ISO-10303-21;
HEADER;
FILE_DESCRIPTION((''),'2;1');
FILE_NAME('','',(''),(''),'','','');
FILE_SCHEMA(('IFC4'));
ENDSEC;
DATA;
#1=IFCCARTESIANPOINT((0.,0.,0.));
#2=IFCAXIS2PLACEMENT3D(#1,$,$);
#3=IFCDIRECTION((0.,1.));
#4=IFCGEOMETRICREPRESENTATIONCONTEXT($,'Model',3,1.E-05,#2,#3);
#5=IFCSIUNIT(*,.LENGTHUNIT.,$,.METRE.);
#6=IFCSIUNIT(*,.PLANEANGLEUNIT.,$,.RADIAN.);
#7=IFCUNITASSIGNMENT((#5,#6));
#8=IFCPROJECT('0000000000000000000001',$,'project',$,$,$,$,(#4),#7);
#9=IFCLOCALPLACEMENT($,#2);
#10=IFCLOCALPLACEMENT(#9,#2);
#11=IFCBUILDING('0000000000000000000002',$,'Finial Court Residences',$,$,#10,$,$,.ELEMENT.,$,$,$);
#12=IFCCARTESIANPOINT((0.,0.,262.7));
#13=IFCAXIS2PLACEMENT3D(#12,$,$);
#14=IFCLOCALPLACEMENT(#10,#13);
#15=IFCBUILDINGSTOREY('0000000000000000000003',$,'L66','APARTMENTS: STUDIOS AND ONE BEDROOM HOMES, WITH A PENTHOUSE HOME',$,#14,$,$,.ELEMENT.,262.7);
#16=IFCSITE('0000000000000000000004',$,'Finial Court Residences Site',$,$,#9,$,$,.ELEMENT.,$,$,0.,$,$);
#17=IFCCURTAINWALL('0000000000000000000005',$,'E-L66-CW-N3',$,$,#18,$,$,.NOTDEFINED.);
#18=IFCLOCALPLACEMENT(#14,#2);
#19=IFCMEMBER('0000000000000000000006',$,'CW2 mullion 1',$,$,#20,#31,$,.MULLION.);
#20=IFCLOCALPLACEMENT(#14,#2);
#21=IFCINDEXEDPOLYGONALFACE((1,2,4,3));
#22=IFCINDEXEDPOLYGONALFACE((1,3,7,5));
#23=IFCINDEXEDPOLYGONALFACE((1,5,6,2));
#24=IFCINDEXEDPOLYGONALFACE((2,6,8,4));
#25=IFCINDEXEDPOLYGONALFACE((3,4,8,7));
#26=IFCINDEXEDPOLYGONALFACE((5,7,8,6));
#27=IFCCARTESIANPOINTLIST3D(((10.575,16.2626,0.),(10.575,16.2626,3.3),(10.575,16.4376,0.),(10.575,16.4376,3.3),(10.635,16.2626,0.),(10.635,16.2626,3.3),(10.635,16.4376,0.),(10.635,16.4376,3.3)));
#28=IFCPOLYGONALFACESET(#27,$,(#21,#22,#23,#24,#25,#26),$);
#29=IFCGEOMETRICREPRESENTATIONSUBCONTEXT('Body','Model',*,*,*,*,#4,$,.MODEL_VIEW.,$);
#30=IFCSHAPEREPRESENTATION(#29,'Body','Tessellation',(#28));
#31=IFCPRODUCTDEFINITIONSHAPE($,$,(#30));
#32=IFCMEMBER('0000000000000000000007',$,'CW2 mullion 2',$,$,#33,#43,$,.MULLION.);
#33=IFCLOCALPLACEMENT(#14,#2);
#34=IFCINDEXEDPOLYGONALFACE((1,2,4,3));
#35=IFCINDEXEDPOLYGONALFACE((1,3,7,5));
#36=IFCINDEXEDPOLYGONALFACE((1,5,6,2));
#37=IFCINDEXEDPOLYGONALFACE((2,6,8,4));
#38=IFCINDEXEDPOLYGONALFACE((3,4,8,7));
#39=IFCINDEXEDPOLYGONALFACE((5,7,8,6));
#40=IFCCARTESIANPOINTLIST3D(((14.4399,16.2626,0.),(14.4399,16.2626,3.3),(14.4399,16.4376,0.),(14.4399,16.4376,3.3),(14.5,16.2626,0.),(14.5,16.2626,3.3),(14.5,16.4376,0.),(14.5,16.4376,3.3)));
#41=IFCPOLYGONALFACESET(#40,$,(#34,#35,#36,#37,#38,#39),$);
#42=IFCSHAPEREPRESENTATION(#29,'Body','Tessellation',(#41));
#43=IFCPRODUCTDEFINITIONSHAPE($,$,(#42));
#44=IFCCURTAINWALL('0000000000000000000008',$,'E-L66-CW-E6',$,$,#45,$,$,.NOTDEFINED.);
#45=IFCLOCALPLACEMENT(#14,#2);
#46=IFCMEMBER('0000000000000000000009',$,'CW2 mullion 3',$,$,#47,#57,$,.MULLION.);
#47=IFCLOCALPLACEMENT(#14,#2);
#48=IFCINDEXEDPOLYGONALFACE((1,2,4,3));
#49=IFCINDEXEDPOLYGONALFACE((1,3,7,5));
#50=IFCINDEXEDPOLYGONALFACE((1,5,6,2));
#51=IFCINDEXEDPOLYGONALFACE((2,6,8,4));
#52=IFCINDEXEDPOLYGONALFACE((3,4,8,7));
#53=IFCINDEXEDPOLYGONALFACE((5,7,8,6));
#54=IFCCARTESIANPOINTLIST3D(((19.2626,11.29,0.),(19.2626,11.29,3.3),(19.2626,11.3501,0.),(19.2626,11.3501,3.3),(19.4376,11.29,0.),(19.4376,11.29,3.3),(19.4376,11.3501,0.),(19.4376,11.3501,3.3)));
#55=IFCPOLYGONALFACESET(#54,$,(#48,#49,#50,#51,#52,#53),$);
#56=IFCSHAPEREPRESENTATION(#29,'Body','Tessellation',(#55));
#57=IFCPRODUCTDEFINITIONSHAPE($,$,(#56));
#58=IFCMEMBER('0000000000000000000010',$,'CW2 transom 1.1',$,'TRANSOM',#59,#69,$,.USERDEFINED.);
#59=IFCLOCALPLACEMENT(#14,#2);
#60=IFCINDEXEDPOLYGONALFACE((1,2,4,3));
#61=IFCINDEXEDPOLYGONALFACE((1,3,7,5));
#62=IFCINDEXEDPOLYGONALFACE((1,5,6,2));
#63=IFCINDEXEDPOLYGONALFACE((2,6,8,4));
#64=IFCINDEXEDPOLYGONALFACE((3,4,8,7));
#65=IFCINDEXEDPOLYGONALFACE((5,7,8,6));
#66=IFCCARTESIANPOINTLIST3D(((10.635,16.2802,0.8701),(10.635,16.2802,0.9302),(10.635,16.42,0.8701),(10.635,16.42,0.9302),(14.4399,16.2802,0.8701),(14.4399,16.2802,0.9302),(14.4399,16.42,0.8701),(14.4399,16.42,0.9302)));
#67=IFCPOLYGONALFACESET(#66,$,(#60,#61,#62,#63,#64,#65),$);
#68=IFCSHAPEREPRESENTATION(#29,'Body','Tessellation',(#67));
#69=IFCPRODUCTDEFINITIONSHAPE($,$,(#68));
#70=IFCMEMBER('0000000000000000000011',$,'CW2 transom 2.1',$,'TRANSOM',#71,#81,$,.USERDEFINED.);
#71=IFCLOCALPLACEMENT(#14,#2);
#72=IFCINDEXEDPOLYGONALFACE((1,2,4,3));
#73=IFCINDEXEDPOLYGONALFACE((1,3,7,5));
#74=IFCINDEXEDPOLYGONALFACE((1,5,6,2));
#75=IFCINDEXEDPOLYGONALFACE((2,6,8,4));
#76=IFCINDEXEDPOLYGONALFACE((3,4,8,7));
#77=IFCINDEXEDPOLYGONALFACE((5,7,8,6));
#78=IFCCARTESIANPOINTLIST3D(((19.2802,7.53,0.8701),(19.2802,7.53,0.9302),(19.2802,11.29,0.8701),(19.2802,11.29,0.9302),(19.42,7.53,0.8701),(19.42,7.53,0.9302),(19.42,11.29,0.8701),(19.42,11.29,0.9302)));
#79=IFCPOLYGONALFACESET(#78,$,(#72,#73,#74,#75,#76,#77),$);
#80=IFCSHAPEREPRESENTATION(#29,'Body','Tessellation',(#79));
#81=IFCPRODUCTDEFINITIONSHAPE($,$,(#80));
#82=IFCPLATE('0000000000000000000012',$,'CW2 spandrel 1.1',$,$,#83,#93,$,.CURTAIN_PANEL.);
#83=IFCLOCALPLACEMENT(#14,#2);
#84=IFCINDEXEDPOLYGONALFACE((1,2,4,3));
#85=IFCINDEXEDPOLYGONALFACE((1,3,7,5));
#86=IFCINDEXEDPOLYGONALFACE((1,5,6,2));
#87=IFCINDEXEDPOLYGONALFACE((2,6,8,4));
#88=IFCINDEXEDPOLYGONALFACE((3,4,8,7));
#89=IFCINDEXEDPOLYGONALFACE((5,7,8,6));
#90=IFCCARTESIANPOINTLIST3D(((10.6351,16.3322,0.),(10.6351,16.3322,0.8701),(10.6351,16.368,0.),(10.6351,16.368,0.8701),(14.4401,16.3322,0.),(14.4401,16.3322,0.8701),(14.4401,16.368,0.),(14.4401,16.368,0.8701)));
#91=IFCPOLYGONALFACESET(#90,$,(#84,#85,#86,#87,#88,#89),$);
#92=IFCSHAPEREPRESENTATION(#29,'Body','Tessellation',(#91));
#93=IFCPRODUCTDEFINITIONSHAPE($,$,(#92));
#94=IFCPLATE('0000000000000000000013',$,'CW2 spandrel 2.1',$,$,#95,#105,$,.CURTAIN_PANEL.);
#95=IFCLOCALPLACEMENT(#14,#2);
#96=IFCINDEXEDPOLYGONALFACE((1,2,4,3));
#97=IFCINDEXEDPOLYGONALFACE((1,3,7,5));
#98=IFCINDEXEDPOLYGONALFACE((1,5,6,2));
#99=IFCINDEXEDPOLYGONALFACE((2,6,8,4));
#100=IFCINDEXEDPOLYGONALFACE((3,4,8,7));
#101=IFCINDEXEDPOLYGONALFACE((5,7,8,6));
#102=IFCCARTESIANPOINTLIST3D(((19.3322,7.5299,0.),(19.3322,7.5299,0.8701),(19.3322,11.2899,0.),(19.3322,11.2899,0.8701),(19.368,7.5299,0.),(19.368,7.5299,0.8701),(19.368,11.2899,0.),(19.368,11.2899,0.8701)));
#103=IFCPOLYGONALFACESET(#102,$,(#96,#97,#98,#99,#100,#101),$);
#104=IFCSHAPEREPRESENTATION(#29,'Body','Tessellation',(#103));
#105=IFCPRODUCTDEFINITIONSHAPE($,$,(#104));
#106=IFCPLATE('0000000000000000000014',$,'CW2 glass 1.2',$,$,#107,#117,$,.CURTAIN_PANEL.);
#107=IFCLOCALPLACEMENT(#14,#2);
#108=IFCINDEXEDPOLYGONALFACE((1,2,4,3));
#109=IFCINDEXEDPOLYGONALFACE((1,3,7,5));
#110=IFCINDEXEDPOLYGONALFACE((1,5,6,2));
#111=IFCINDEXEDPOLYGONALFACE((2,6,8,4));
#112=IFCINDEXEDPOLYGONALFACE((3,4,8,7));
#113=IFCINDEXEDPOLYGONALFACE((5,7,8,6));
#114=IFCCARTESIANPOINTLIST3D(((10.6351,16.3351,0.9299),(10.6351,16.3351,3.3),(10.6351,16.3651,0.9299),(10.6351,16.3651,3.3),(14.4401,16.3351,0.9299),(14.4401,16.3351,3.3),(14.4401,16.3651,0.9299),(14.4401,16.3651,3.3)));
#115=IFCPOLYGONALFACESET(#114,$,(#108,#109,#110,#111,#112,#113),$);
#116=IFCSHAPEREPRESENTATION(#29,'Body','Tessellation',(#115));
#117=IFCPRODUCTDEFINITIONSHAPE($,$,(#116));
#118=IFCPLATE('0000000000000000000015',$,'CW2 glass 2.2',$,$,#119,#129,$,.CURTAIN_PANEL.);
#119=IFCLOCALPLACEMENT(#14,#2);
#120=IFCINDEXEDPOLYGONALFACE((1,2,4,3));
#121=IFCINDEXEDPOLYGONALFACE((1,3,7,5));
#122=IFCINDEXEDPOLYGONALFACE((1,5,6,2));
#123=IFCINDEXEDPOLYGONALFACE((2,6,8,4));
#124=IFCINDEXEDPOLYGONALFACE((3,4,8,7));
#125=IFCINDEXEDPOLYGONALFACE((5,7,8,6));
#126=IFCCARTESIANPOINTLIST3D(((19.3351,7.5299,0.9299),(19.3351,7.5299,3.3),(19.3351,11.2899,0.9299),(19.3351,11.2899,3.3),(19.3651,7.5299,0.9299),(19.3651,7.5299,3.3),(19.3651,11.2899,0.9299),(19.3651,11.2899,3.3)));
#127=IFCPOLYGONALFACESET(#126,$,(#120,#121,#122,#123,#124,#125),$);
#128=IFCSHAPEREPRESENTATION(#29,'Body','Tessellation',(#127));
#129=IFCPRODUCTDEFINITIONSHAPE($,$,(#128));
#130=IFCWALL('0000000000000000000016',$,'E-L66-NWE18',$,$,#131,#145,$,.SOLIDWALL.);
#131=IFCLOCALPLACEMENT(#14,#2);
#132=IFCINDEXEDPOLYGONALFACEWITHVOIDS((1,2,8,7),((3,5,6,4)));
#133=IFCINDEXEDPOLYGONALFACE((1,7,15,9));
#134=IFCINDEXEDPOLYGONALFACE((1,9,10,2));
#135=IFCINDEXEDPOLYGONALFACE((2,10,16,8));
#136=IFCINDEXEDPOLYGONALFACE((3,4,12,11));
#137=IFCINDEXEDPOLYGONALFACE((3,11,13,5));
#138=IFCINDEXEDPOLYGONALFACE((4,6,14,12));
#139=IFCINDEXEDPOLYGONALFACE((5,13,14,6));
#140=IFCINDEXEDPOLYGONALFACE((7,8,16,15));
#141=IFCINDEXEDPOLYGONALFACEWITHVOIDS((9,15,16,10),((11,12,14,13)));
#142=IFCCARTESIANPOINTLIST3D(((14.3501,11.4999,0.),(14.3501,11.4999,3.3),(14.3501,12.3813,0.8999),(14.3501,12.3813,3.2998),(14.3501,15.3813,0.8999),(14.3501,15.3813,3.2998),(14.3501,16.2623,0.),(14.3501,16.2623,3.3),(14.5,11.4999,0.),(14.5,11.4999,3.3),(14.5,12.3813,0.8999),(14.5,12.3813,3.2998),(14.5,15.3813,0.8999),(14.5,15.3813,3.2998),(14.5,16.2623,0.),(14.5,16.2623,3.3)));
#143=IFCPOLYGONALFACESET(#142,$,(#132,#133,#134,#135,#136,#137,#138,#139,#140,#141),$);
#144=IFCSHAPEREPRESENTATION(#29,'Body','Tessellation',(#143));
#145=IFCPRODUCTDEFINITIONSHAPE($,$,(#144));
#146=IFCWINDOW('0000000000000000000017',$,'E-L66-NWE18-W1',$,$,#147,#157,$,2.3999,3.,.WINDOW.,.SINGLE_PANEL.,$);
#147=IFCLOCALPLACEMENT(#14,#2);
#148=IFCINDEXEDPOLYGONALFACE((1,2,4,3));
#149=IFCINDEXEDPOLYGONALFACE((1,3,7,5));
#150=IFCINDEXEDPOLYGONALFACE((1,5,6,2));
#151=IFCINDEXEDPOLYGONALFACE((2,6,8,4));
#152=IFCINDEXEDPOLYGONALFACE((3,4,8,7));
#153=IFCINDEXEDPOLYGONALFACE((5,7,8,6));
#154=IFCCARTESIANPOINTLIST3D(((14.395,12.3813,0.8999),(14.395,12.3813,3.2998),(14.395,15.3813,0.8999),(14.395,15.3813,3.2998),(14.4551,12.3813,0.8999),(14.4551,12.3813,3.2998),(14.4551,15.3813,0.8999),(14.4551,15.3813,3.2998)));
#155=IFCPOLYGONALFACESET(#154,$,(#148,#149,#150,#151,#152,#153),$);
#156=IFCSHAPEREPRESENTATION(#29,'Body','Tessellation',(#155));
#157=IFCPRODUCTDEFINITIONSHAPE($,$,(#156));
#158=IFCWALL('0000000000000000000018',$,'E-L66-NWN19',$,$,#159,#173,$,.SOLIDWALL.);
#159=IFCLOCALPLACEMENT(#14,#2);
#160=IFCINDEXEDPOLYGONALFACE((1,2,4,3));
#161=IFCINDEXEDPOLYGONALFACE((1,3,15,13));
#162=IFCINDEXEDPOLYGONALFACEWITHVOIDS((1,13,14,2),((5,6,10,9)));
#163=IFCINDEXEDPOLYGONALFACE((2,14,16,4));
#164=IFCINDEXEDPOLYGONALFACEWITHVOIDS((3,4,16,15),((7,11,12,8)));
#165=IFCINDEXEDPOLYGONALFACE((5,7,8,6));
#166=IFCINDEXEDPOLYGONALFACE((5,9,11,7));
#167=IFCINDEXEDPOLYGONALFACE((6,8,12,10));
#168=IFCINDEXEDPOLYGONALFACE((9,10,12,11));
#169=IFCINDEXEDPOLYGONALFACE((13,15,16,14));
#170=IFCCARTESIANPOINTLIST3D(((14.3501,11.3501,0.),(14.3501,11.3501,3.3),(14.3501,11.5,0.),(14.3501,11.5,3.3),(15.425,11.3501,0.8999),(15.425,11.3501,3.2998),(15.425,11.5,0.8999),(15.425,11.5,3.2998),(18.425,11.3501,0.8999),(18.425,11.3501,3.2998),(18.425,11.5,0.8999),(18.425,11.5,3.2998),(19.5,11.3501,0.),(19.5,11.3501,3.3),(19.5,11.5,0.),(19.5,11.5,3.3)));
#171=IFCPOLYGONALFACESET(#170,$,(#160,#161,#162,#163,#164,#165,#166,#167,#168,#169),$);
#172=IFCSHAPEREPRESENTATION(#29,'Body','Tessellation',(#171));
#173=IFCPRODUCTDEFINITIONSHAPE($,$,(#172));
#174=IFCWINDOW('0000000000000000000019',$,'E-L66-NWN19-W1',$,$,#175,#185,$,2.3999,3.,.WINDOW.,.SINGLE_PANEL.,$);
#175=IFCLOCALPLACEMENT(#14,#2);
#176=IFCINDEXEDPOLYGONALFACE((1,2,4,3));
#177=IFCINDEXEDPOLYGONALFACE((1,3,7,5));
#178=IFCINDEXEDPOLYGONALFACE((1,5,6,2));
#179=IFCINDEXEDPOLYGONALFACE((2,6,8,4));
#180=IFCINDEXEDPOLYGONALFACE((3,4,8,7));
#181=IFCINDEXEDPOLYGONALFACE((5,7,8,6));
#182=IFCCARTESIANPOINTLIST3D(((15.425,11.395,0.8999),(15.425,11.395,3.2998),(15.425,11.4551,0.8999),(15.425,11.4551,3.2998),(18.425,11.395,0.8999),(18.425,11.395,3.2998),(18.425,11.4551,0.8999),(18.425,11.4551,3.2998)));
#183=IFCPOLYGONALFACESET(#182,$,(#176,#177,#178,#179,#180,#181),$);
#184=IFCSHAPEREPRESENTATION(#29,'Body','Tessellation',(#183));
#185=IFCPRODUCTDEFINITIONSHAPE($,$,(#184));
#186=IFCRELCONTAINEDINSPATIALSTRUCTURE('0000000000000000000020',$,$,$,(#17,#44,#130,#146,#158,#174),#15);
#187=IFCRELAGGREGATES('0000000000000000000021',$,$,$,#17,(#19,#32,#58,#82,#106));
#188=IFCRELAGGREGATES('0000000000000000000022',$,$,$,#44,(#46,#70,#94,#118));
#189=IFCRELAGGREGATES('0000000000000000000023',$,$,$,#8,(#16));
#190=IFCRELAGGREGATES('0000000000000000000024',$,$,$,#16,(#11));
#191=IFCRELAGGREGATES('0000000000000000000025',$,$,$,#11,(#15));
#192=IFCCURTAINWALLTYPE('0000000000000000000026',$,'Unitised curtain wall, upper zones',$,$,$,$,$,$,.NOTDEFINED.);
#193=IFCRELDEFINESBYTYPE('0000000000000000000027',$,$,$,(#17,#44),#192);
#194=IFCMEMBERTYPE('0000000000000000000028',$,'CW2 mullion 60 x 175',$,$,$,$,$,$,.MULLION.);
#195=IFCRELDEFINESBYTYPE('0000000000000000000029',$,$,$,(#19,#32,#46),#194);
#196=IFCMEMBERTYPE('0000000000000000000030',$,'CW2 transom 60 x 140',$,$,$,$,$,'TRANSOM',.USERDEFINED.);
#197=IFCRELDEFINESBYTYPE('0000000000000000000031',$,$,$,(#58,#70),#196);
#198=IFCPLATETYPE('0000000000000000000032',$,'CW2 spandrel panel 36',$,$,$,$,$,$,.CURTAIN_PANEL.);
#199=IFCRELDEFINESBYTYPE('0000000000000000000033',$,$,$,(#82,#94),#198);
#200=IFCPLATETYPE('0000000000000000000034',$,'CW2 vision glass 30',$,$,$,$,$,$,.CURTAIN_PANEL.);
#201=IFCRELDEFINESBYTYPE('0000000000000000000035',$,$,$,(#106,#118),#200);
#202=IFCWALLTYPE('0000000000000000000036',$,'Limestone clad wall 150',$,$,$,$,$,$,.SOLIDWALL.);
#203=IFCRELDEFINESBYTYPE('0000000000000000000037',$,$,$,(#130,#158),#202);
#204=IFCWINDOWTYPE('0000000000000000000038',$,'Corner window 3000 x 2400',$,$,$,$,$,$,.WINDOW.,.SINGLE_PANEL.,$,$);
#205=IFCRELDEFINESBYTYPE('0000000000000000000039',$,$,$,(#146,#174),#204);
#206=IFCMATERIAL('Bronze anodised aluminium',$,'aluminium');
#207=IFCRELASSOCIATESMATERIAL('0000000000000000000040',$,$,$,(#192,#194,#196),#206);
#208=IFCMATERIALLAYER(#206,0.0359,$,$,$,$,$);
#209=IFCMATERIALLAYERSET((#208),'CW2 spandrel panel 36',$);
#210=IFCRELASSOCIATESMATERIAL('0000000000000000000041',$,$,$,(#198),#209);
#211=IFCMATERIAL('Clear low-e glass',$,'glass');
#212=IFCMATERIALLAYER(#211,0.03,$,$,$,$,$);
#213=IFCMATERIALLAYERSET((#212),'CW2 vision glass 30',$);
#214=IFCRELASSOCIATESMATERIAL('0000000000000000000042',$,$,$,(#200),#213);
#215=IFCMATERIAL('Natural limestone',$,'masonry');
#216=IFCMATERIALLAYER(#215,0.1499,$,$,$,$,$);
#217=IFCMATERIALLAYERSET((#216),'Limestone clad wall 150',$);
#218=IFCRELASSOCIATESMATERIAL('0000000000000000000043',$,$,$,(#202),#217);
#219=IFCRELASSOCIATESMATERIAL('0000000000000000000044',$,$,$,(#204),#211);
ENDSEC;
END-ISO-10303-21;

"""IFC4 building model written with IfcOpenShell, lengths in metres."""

from ifc_helpers import new_model, si_unit, direction, frame, frame_2d, origin, origin_2d, place, context, subcontext, project, spatial, rectangle, extrude, material, layer, layer_set, material_profile, profile_set, type_object, element, fill, aggregate, save


model = new_model("IFC4")

# Units and contexts
model_context = context("Model", 3, precision=1e-05, world=origin(), true_north=direction((0.0, 1.0)))
body_context = subcontext(model_context, "Body", "Model", "MODEL_VIEW")
ifc_project = project(units=[si_unit("LENGTHUNIT", "METRE"), si_unit("PLANEANGLEUNIT", "RADIAN")], contexts=[model_context])

# Site, building, storey
site_placement = place(None, origin())
site = spatial("IfcSite", under=ifc_project, at=site_placement, Name="Finial Court Residences Site", CompositionType="ELEMENT", RefElevation=0.0)
building_placement = place(site_placement, origin())
building = spatial("IfcBuilding", under=site, at=building_placement, Name="Finial Court Residences", CompositionType="ELEMENT")
storey_placement = place(building_placement, frame((0.0, 0.0, 262.7)))
storey = spatial("IfcBuildingStorey", under=building, at=storey_placement, Name="L66", Description="APARTMENTS: STUDIOS AND ONE BEDROOM HOMES, WITH A PENTHOUSE HOME", CompositionType="ELEMENT", Elevation=262.7)

# Curtain wall, members
ifc_material_1 = material(Name="Bronze anodised aluminium", Category="aluminium")
curtain_wall_type = type_object("IfcCurtainWallType", Name="Unitised curtain wall, upper zones", PredefinedType="NOTDEFINED", material=ifc_material_1)
curtain_wall_1_placement = place(storey_placement, origin())
curtain_wall_1 = element("IfcCurtainWall", 1, at=curtain_wall_1_placement, inside=storey, type_object=curtain_wall_type, Name="E-L66-CW-N3", PredefinedType="NOTDEFINED")
ifc_material_profile_1 = material_profile(ifc_material_1, rectangle(XDim=0.175, YDim=0.0601, at=origin_2d()), Name="CW2 mullion 60 x 175")
ifc_profile_set_1 = profile_set([ifc_material_profile_1], Name="Bronze anodised aluminium")
member_type_1 = type_object("IfcMemberType", Name="CW2 mullion 60 x 175", PredefinedType="MULLION", material=ifc_profile_set_1)
member_1_placement = place(storey_placement, frame((10.605, 16.3501, 0.0), z_axis=(0.0, 0.0, 1.0), x_axis=(0.0, 1.0, 0.0)))
member_1 = element("IfcMember", 2, at=member_1_placement, type_object=member_type_1, Name="CW2 mullion 1", PredefinedType="MULLION", context=body_context, shape_type="SweptSolid", body=[
    extrude(rectangle(XDim=0.175, YDim=0.0601, at=origin_2d()), origin(), (0.0, 0.0, 1.0), 3.3),
])
member_2_placement = place(storey_placement, frame((14.47, 16.3501, 0.0), z_axis=(0.0, 0.0, 1.0), x_axis=(0.0, 1.0, 0.0)))
member_2 = element("IfcMember", 3, at=member_2_placement, type_object=member_type_1, Name="CW2 mullion 2", PredefinedType="MULLION", context=body_context, shape_type="SweptSolid", body=[
    extrude(rectangle(XDim=0.175, YDim=0.0601, at=origin_2d()), origin(), (0.0, 0.0, 1.0), 3.3),
])

# Curtain wall, member
curtain_wall_2_placement = place(storey_placement, origin())
curtain_wall_2 = element("IfcCurtainWall", 4, at=curtain_wall_2_placement, inside=storey, type_object=curtain_wall_type, Name="E-L66-CW-E6", PredefinedType="NOTDEFINED")
member_3_placement = place(storey_placement, frame((19.3501, 11.3201, 0.0), z_axis=(0.0, 0.0, 1.0), x_axis=(-1.0, 0.0, 0.0)))
member_3 = element("IfcMember", 5, at=member_3_placement, type_object=member_type_1, Name="CW2 mullion 3", PredefinedType="MULLION", context=body_context, shape_type="SweptSolid", body=[
    extrude(rectangle(XDim=0.175, YDim=0.0601, at=origin_2d()), origin(), (0.0, 0.0, 1.0), 3.3),
])

# Members
ifc_material_profile_2 = material_profile(ifc_material_1, rectangle(XDim=0.1399, YDim=0.0601, at=origin_2d()), Name="CW2 transom 60 x 140")
ifc_profile_set_2 = profile_set([ifc_material_profile_2], Name="Bronze anodised aluminium")
member_type_2 = type_object("IfcMemberType", Name="CW2 transom 60 x 140", ElementType="TRANSOM", PredefinedType="USERDEFINED", material=ifc_profile_set_2)
member_4_placement = place(storey_placement, frame((10.635, 16.3501, 0.9001), z_axis=(1.0, 0.0, 0.0), x_axis=(0.0, 1.0, 0.0)))
member_4 = element("IfcMember", 6, at=member_4_placement, type_object=member_type_2, Name="CW2 transom 1.1", ObjectType="TRANSOM", PredefinedType="USERDEFINED", context=body_context, shape_type="SweptSolid", body=[
    extrude(rectangle(XDim=0.1399, YDim=0.0601, at=origin_2d()), origin(), (0.0, 0.0, 1.0), 3.8049),
])
member_5_placement = place(storey_placement, frame((19.3501, 7.53, 0.9001), z_axis=(0.0, 1.0, 0.0), x_axis=(-1.0, 0.0, 0.0)))
member_5 = element("IfcMember", 7, at=member_5_placement, type_object=member_type_2, Name="CW2 transom 2.1", ObjectType="TRANSOM", PredefinedType="USERDEFINED", context=body_context, shape_type="SweptSolid", body=[
    extrude(rectangle(XDim=0.1399, YDim=0.0601, at=origin_2d()), origin(), (0.0, 0.0, 1.0), 3.76),
])

# Plates
ifc_layer_1 = layer(ifc_material_1, 0.0359)
ifc_layer_set_1 = layer_set([ifc_layer_1], Name="CW2 spandrel panel 36")
plate_type_1 = type_object("IfcPlateType", Name="CW2 spandrel panel 36", PredefinedType="CURTAIN_PANEL", material=ifc_layer_set_1)
plate_1_placement = place(storey_placement, frame((12.5376, 16.3501, 0.0), z_axis=(0.0, 0.0, 1.0), x_axis=(1.0, 0.0, 0.0)))
plate_1 = element("IfcPlate", 8, at=plate_1_placement, type_object=plate_type_1, Name="CW2 spandrel 1.1", PredefinedType="CURTAIN_PANEL", context=body_context, shape_type="SweptSolid", body=[
    extrude(rectangle(XDim=3.8049, YDim=0.0359, at=origin_2d()), origin(), (0.0, 0.0, 1.0), 0.8701),
])
plate_2_placement = place(storey_placement, frame((19.3501, 9.4099, 0.0), z_axis=(0.0, 0.0, 1.0), x_axis=(0.0, 1.0, 0.0)))
plate_2 = element("IfcPlate", 9, at=plate_2_placement, type_object=plate_type_1, Name="CW2 spandrel 2.1", PredefinedType="CURTAIN_PANEL", context=body_context, shape_type="SweptSolid", body=[
    extrude(rectangle(XDim=3.76, YDim=0.0359, at=origin_2d()), origin(), (0.0, 0.0, 1.0), 0.8701),
])
ifc_material_2 = material(Name="Clear low-e glass", Category="glass")
ifc_layer_2 = layer(ifc_material_2, 0.03)
ifc_layer_set_2 = layer_set([ifc_layer_2], Name="CW2 vision glass 30")
plate_type_2 = type_object("IfcPlateType", Name="CW2 vision glass 30", PredefinedType="CURTAIN_PANEL", material=ifc_layer_set_2)
plate_3_placement = place(storey_placement, frame((12.5376, 16.3501, 0.9299), z_axis=(0.0, 0.0, 1.0), x_axis=(1.0, 0.0, 0.0)))
plate_3 = element("IfcPlate", 10, at=plate_3_placement, type_object=plate_type_2, Name="CW2 glass 1.2", PredefinedType="CURTAIN_PANEL", context=body_context, shape_type="SweptSolid", body=[
    extrude(rectangle(XDim=3.8049, YDim=0.03, at=origin_2d()), origin(), (0.0, 0.0, 1.0), 2.3701),
])
aggregate(curtain_wall_1, [member_1, member_2, member_4, plate_1, plate_3])
plate_4_placement = place(storey_placement, frame((19.3501, 9.4099, 0.9299), z_axis=(0.0, 0.0, 1.0), x_axis=(0.0, 1.0, 0.0)))
plate_4 = element("IfcPlate", 11, at=plate_4_placement, type_object=plate_type_2, Name="CW2 glass 2.2", PredefinedType="CURTAIN_PANEL", context=body_context, shape_type="SweptSolid", body=[
    extrude(rectangle(XDim=3.76, YDim=0.03, at=origin_2d()), origin(), (0.0, 0.0, 1.0), 2.3701),
])
aggregate(curtain_wall_2, [member_3, member_5, plate_2, plate_4])

# Walls, openings, windows
ifc_material_3 = material(Name="Natural limestone", Category="masonry")
ifc_layer_3 = layer(ifc_material_3, 0.1499)
ifc_layer_set_3 = layer_set([ifc_layer_3], Name="Limestone clad wall 150")
wall_type = type_object("IfcWallType", Name="Limestone clad wall 150", PredefinedType="SOLIDWALL", material=ifc_layer_set_3)
wall_1_placement = place(storey_placement, frame((14.425, 16.2625, 0.0), z_axis=(0.0, 0.0, 1.0), x_axis=(0.0, -1.0, 0.0)))
wall_1 = element("IfcWall", 12, at=wall_1_placement, inside=storey, type_object=wall_type, Name="E-L66-NWE18", PredefinedType="SOLIDWALL", context=body_context, shape_type="SweptSolid", body=[
    extrude(rectangle(XDim=4.7625, YDim=0.1499, at=frame_2d((2.3813, 0.0))), origin(), (0.0, 0.0, 1.0), 3.3),
])
opening_1_placement = place(wall_1_placement, frame((0.8811, 0.0, 0.8999)))
opening_1 = element("IfcOpeningElement", 13, at=opening_1_placement, cuts=wall_1, PredefinedType="OPENING", context=body_context, shape_type="SweptSolid", body=[
    extrude(rectangle(XDim=3.0, YDim=2.3999, at=frame_2d((1.5, 1.2))), frame((0.0, 0.085, 0.0), z_axis=(0.0, -1.0, 0.0), x_axis=(1.0, 0.0, 0.0)), (0.0, 0.0, 1.0), 0.1699),
])
window_type = type_object("IfcWindowType", Name="Corner window 3000 x 2400", PartitioningType="SINGLE_PANEL", PredefinedType="WINDOW", material=ifc_material_2)
window_1_placement = place(opening_1_placement, origin())
window_1 = element("IfcWindow", 14, at=window_1_placement, inside=storey, type_object=window_type, Name="E-L66-NWE18-W1", OverallHeight=2.3999, OverallWidth=3.0, PartitioningType="SINGLE_PANEL", PredefinedType="WINDOW", context=body_context, shape_type="SweptSolid", body=[
    extrude(rectangle(XDim=3.0, YDim=2.3999, at=frame_2d((1.5, 1.2))), frame((0.0, 0.03, 0.0), z_axis=(0.0, -1.0, 0.0), x_axis=(1.0, 0.0, 0.0)), (0.0, 0.0, 1.0), 0.0601),
])
fill(opening_1, window_1)
wall_2_placement = place(storey_placement, frame((14.3501, 11.425, 0.0), z_axis=(0.0, 0.0, 1.0), x_axis=(1.0, 0.0, 0.0)))
wall_2 = element("IfcWall", 15, at=wall_2_placement, inside=storey, type_object=wall_type, Name="E-L66-NWN19", PredefinedType="SOLIDWALL", context=body_context, shape_type="SweptSolid", body=[
    extrude(rectangle(XDim=5.1499, YDim=0.1499, at=frame_2d((2.575, 0.0))), origin(), (0.0, 0.0, 1.0), 3.3),
])
opening_2_placement = place(wall_2_placement, frame((1.075, 0.0, 0.8999)))
opening_2 = element("IfcOpeningElement", 16, at=opening_2_placement, cuts=wall_2, PredefinedType="OPENING", context=body_context, shape_type="SweptSolid", body=[
    extrude(rectangle(XDim=3.0, YDim=2.3999, at=frame_2d((1.5, 1.2))), frame((0.0, 0.085, 0.0), z_axis=(0.0, -1.0, 0.0), x_axis=(1.0, 0.0, 0.0)), (0.0, 0.0, 1.0), 0.1699),
])
window_2_placement = place(opening_2_placement, origin())
window_2 = element("IfcWindow", 17, at=window_2_placement, inside=storey, type_object=window_type, Name="E-L66-NWN19-W1", OverallHeight=2.3999, OverallWidth=3.0, PartitioningType="SINGLE_PANEL", PredefinedType="WINDOW", context=body_context, shape_type="SweptSolid", body=[
    extrude(rectangle(XDim=3.0, YDim=2.3999, at=frame_2d((1.5, 1.2))), frame((0.0, 0.03, 0.0), z_axis=(0.0, -1.0, 0.0), x_axis=(1.0, 0.0, 0.0)), (0.0, 0.0, 1.0), 0.0601),
])
fill(opening_2, window_2)

save(model, "model.ifc")
